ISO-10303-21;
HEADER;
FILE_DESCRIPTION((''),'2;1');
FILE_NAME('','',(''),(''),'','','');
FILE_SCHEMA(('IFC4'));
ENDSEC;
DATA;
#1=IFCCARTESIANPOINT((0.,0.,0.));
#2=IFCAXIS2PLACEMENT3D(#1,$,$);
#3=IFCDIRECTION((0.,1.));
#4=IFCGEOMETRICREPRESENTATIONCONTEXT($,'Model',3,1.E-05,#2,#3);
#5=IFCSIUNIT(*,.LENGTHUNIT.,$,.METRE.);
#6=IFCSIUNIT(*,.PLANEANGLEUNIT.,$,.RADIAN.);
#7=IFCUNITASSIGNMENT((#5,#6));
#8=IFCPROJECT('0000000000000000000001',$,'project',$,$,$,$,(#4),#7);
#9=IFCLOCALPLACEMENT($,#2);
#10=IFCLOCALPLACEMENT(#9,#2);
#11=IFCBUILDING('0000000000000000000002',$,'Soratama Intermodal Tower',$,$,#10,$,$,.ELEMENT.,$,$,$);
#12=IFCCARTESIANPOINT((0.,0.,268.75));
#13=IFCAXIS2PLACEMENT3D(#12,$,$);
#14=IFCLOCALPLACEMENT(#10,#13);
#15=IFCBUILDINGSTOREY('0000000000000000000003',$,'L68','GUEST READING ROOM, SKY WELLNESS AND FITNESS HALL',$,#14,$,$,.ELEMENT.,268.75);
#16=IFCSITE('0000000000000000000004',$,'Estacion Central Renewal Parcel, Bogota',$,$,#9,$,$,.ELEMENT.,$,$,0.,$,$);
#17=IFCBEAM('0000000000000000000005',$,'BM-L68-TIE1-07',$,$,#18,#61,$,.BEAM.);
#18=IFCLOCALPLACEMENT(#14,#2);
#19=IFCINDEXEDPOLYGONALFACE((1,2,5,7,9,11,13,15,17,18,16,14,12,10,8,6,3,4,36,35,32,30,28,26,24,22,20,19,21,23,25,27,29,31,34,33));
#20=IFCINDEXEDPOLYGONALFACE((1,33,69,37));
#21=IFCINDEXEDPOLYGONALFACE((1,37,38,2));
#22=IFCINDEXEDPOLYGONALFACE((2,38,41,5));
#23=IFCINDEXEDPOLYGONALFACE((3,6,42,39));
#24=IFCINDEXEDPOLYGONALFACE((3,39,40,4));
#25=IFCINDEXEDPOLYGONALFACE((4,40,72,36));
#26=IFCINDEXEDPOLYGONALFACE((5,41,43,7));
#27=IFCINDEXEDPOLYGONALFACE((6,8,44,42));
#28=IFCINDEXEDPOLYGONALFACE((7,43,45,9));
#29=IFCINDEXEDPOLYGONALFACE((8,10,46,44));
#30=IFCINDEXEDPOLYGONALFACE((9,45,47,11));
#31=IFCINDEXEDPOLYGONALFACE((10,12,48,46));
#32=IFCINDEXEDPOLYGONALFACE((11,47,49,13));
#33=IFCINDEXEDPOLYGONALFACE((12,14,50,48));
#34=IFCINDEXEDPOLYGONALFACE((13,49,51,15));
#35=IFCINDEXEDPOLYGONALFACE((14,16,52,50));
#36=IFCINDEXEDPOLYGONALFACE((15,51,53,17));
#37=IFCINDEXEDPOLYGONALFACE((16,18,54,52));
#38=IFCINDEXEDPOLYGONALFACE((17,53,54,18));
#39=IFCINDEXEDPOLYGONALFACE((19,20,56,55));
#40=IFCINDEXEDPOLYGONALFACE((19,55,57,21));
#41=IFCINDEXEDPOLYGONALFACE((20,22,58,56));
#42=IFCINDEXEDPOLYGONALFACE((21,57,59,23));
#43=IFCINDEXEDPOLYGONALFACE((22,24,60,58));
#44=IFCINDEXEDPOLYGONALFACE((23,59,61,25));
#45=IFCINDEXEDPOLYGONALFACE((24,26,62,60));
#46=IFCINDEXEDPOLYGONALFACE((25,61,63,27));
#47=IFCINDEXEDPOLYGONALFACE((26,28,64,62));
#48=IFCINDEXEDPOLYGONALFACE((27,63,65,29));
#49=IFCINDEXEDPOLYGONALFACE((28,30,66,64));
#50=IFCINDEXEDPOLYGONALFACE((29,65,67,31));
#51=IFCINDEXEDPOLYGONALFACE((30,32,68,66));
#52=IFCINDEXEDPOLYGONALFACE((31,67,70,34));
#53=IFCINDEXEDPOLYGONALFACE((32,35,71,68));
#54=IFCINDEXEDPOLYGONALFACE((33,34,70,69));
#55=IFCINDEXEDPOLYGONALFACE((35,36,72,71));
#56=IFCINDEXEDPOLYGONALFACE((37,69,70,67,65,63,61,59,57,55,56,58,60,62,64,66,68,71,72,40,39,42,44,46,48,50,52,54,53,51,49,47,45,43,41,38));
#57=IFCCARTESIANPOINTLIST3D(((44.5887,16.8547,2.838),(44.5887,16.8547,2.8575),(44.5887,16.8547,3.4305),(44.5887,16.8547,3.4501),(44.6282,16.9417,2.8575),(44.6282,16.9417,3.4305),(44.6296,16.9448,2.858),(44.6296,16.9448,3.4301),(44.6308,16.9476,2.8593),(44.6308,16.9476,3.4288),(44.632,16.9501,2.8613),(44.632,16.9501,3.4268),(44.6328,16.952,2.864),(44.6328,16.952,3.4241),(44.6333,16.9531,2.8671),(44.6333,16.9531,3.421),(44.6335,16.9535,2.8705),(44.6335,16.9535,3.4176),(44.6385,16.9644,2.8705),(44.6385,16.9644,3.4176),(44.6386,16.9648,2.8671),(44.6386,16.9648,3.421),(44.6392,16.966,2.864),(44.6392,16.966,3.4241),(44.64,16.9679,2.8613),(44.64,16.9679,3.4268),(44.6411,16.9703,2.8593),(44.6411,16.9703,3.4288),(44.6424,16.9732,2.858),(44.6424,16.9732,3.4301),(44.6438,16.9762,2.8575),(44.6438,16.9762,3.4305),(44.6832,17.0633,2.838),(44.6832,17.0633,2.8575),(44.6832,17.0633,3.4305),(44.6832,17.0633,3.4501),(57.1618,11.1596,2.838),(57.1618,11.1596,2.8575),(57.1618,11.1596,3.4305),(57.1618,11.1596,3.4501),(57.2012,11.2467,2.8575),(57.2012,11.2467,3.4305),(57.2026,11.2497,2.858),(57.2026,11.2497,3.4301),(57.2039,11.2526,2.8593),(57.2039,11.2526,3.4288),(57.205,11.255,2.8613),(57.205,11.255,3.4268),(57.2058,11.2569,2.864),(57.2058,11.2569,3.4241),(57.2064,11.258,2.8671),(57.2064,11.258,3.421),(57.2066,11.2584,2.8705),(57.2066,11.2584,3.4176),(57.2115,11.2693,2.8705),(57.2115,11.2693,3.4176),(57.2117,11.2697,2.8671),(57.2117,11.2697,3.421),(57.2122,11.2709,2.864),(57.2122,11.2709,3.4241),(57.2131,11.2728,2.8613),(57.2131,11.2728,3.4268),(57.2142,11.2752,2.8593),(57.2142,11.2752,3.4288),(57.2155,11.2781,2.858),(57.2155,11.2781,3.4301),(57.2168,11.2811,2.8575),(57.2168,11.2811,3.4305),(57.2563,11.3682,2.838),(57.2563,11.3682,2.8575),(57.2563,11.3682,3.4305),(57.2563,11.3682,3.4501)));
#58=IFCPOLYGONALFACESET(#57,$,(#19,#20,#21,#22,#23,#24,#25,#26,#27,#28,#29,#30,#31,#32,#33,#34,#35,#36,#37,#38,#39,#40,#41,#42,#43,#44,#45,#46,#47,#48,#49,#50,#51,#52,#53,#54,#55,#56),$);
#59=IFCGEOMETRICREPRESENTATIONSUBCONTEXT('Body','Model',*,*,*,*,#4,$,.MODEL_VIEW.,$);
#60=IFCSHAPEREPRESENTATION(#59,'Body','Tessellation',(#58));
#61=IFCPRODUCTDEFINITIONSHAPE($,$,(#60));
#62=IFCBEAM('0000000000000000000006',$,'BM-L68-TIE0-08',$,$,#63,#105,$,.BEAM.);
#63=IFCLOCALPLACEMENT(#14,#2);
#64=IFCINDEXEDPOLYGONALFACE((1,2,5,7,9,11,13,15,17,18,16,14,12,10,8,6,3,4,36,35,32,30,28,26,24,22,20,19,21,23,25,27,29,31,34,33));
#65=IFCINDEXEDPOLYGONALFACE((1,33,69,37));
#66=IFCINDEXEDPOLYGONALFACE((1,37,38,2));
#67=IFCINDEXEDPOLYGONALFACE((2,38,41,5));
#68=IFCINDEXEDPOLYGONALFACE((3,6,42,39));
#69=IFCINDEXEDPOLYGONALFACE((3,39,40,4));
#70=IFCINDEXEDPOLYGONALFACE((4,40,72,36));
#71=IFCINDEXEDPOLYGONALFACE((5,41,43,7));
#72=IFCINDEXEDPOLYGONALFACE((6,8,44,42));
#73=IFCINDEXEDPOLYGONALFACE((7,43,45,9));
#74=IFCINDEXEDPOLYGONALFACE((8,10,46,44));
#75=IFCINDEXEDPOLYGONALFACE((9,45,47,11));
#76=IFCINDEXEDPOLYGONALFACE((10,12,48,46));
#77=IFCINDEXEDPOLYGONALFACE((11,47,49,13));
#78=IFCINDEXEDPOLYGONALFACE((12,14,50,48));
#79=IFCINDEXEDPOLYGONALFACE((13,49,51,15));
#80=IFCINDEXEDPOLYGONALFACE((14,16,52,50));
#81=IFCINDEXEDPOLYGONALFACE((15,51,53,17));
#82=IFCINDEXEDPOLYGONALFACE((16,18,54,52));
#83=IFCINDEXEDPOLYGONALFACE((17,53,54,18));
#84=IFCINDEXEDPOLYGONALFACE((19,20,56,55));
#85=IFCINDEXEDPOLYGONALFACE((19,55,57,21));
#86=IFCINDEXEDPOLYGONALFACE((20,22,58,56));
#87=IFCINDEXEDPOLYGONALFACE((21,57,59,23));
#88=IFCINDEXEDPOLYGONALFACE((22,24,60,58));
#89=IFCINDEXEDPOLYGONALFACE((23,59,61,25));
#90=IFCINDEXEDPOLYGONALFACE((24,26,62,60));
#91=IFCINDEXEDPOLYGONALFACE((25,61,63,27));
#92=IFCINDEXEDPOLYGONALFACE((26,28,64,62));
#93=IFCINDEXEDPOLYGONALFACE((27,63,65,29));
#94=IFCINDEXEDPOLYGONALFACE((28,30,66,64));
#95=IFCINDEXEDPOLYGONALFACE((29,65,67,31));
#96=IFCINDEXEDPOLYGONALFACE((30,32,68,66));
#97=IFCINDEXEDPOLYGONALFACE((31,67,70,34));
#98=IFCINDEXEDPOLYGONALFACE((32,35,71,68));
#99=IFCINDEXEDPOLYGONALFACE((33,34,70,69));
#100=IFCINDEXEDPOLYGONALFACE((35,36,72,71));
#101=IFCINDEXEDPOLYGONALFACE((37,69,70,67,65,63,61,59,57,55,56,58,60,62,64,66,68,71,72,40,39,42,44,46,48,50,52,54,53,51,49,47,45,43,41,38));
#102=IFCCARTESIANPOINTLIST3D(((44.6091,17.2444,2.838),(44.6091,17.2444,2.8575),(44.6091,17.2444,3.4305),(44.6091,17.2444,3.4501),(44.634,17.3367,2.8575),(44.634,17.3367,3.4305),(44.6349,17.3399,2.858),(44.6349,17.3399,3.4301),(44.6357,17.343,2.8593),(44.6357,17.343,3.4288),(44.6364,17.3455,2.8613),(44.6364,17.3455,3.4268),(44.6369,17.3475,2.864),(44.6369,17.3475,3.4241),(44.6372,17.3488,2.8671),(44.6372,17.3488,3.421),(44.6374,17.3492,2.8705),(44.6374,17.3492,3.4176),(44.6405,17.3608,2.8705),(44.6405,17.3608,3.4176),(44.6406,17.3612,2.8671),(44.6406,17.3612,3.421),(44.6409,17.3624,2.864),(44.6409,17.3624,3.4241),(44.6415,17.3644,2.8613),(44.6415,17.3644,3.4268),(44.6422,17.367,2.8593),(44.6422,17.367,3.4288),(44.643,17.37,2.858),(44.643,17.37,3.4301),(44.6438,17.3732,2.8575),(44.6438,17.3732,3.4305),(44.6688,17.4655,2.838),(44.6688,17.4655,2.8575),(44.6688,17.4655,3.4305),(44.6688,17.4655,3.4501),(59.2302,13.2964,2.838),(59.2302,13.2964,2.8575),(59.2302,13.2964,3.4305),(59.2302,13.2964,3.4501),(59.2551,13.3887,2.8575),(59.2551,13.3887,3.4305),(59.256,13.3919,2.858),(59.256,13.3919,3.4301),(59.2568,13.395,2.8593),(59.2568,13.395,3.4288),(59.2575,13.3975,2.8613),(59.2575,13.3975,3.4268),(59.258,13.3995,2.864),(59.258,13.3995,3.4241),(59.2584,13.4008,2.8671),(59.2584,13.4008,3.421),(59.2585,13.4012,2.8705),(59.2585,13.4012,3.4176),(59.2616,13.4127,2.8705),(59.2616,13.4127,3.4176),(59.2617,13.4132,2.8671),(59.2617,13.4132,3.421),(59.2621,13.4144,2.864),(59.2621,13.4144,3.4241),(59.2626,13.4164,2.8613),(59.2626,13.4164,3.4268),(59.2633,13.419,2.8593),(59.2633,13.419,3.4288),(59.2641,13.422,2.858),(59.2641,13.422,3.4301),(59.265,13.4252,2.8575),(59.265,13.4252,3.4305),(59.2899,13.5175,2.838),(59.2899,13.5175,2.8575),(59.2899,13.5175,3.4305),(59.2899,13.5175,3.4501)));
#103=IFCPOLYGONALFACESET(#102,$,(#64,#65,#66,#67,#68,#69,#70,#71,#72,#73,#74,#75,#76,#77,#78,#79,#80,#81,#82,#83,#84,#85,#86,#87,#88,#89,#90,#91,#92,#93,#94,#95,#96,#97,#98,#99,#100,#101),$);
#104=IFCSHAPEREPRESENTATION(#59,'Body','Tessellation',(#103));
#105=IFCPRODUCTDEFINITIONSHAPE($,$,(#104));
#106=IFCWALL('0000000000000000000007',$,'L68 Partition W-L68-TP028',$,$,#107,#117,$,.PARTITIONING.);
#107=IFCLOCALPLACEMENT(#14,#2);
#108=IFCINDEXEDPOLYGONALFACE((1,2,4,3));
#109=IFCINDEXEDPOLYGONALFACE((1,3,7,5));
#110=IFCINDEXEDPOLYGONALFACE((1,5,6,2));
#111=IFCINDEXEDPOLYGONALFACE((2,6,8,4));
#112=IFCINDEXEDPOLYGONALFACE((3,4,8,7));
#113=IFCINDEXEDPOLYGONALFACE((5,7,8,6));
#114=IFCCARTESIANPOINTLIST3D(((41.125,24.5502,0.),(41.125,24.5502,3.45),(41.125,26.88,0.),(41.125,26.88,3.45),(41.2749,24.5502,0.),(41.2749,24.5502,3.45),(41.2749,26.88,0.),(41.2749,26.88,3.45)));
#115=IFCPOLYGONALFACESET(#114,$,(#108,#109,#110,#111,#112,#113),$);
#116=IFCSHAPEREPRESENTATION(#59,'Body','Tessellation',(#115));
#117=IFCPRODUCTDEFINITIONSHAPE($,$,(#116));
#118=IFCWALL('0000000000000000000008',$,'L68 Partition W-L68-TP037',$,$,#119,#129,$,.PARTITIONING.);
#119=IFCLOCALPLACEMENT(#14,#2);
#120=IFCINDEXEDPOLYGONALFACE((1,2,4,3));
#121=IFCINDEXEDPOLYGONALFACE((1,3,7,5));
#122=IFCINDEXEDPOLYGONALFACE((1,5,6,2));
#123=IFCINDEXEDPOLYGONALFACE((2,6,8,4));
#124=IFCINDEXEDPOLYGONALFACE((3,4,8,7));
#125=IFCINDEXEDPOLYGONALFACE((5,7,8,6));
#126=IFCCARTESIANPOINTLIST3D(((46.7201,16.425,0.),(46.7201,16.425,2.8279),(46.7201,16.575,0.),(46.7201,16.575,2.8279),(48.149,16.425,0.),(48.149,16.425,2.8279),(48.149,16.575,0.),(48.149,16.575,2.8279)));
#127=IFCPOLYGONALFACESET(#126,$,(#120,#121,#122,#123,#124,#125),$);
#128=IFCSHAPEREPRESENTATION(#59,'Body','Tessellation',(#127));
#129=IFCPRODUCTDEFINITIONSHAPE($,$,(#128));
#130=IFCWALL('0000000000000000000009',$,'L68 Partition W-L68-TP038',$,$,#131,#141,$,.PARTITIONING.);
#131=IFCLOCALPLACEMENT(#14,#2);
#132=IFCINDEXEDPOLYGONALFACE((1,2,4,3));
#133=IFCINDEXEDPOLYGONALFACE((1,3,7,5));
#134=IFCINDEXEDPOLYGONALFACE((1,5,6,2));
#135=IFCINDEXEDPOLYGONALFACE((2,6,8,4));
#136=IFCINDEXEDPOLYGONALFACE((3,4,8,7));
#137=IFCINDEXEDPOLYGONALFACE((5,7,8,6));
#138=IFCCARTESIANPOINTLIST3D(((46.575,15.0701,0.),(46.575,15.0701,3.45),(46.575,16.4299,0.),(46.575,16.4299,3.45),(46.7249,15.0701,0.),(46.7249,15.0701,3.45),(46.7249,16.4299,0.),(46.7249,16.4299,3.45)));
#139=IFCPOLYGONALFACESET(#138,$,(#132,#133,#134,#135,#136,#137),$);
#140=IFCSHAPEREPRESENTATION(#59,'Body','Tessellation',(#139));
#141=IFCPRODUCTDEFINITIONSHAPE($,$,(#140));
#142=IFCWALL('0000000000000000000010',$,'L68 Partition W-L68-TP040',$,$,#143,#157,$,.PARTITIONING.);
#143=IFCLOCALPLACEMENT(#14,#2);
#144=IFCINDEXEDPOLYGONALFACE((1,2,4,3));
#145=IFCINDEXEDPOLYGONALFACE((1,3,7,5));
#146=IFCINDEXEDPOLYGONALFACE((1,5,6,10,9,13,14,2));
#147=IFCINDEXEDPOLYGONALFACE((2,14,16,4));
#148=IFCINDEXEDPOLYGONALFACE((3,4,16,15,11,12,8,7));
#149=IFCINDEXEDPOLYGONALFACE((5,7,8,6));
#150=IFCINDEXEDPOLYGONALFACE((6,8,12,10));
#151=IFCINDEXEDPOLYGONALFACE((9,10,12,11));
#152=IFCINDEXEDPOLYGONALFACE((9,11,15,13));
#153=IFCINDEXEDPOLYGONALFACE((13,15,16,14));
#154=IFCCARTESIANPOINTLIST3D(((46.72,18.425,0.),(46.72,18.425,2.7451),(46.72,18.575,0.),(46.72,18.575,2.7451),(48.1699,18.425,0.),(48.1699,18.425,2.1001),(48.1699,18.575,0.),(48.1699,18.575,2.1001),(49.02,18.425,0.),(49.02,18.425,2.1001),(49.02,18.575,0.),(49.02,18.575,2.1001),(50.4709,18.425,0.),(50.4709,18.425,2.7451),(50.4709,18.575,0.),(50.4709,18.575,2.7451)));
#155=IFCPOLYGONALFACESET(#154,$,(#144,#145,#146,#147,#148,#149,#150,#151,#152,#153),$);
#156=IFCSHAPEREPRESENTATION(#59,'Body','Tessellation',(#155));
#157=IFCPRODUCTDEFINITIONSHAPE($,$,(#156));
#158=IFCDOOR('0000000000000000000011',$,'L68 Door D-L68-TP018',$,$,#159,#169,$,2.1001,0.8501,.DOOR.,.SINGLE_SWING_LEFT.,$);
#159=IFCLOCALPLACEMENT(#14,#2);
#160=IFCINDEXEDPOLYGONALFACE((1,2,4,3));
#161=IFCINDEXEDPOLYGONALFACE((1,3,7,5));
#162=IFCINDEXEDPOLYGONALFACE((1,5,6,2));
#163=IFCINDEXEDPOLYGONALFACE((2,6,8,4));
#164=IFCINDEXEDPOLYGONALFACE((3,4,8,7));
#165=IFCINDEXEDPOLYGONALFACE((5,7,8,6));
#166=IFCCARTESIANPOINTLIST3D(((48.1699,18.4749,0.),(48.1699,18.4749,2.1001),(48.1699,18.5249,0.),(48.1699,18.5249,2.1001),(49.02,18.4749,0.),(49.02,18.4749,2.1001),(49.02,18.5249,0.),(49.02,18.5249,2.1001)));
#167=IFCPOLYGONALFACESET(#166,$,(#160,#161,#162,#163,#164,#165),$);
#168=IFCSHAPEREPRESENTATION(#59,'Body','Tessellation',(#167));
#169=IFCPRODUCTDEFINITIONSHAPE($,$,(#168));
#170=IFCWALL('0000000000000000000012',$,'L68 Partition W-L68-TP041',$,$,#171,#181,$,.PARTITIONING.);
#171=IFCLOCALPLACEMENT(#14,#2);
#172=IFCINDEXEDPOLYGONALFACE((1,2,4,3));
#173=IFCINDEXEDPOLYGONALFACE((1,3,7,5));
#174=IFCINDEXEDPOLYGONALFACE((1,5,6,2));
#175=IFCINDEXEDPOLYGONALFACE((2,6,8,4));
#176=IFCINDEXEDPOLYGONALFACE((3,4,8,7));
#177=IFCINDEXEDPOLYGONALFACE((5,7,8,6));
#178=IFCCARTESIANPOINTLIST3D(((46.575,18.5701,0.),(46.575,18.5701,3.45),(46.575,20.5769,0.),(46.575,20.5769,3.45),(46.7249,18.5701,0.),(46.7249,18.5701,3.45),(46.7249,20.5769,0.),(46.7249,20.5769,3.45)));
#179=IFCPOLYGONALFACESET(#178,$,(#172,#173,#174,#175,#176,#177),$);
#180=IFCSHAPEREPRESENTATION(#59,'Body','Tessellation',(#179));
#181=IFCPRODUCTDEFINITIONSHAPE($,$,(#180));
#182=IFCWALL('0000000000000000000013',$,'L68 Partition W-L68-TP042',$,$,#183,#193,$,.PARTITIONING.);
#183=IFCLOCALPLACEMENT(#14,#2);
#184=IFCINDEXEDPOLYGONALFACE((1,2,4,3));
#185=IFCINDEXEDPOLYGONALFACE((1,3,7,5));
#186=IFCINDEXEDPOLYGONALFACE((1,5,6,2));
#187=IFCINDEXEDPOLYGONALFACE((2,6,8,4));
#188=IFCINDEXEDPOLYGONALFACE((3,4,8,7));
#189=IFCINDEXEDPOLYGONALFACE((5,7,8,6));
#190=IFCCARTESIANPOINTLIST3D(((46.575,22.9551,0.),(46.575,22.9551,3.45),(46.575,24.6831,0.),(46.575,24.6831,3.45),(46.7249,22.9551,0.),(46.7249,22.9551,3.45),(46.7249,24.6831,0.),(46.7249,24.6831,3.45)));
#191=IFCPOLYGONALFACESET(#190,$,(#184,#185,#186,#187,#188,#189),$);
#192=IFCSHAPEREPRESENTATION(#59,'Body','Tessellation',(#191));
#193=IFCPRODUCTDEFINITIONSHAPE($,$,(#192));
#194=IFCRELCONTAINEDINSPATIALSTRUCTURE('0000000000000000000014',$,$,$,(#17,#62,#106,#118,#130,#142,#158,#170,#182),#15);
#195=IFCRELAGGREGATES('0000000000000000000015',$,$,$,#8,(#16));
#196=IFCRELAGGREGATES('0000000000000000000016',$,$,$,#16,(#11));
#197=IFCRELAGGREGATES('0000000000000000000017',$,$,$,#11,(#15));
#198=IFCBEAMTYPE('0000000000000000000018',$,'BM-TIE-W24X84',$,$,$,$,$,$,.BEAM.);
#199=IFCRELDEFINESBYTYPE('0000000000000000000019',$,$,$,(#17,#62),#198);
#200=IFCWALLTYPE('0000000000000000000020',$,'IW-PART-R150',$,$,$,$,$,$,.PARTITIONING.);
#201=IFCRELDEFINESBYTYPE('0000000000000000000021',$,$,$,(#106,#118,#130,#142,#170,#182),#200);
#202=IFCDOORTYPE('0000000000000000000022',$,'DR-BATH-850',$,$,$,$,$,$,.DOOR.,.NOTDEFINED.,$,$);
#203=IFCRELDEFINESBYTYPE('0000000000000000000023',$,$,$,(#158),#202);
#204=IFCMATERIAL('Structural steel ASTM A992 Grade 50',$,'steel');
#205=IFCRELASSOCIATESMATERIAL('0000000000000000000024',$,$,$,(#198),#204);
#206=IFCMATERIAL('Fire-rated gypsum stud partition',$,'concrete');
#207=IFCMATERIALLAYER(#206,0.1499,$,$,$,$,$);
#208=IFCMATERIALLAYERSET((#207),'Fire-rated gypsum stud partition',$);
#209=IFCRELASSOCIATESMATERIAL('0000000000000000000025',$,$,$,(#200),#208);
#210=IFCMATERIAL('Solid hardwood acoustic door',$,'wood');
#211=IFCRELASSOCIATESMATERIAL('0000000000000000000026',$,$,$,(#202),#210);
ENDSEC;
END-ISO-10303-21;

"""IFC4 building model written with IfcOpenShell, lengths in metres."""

from ifc_helpers import new_model, si_unit, direction, frame, frame_2d, origin, origin_2d, place, context, subcontext, project, spatial, rectangle, i_section, extrude, material, layer, layer_set, material_profile, profile_set, type_object, element, fill, save


model = new_model("IFC4")

# Units and contexts
model_context = context("Model", 3, precision=1e-05, world=origin(), true_north=direction((0.0, 1.0)))
body_context = subcontext(model_context, "Body", "Model", "MODEL_VIEW")
ifc_project = project(units=[si_unit("LENGTHUNIT", "METRE"), si_unit("PLANEANGLEUNIT", "RADIAN")], contexts=[model_context])

# Site, building, storey
site_placement = place(None, origin())
site = spatial("IfcSite", under=ifc_project, at=site_placement, Name="Estacion Central Renewal Parcel, Bogota", CompositionType="ELEMENT", RefElevation=0.0)
building_placement = place(site_placement, origin())
building = spatial("IfcBuilding", under=site, at=building_placement, Name="Soratama Intermodal Tower", CompositionType="ELEMENT")
storey_placement = place(building_placement, frame((0.0, 0.0, 268.75)))
storey = spatial("IfcBuildingStorey", under=building, at=storey_placement, Name="L68", Description="GUEST READING ROOM, SKY WELLNESS AND FITNESS HALL", CompositionType="ELEMENT", Elevation=268.75)

# Beams
ifc_material_1 = material(Name="Structural steel ASTM A992 Grade 50", Category="steel")
ifc_material_profile_1 = material_profile(ifc_material_1, i_section(OverallWidth=0.229, OverallDepth=0.6121, WebThickness=0.012, FlangeThickness=0.0195, FilletRadius=0.0129, at=origin_2d()), Name="W24X84")
ifc_profile_set_1 = profile_set([ifc_material_profile_1], Name="Structural steel ASTM A992 Grade 50")
beam_type_1 = type_object("IfcBeamType", Name="BM-TIE-W24X84", PredefinedType="BEAM", material=ifc_profile_set_1)
beam_1_placement = place(storey_placement, frame((44.636, 16.959, 3.144), z_axis=(0.91091, -0.412606, 0.0), x_axis=(0.412606, 0.91091, 0.0)))
element("IfcBeam", 1, at=beam_1_placement, inside=storey, type_object=beam_type_1, Name="BM-L68-TIE1-07", PredefinedType="BEAM", context=body_context, shape_type="SweptSolid", body=[
    extrude(i_section(OverallWidth=0.229, OverallDepth=0.6121, WebThickness=0.012, FlangeThickness=0.0195, FilletRadius=0.0129, at=origin_2d()), origin(), (0.0, 0.0, 1.0), 13.8027),
])
beam_2_placement = place(storey_placement, frame((44.6389, 17.355, 3.144), z_axis=(0.965424, -0.260684, 0.0), x_axis=(0.260684, 0.965424, 0.0)))
element("IfcBeam", 2, at=beam_2_placement, inside=storey, type_object=beam_type_1, Name="BM-L68-TIE0-08", PredefinedType="BEAM", context=body_context, shape_type="SweptSolid", body=[
    extrude(i_section(OverallWidth=0.229, OverallDepth=0.6121, WebThickness=0.012, FlangeThickness=0.0195, FilletRadius=0.0129, at=origin_2d()), origin(), (0.0, 0.0, 1.0), 15.1448),
])

# Wall
ifc_material_2 = material(Name="Fire-rated gypsum stud partition", Category="concrete")
ifc_layer_1 = layer(ifc_material_2, 0.1499)
ifc_layer_set_1 = layer_set([ifc_layer_1], Name="Fire-rated gypsum stud partition")
wall_type_1 = type_object("IfcWallType", Name="IW-PART-R150", PredefinedType="PARTITIONING", material=ifc_layer_set_1)
wall_1_placement = place(storey_placement, frame((41.2, 24.55, 0.0), z_axis=(0.0, 0.0, 1.0), x_axis=(0.0, 1.0, 0.0)))
element("IfcWall", 3, at=wall_1_placement, inside=storey, type_object=wall_type_1, Name="L68 Partition W-L68-TP028", PredefinedType="PARTITIONING", context=body_context, shape_type="SweptSolid", body=[
    extrude(rectangle(XDim=2.3298, YDim=0.1499, at=frame_2d((1.165, 0.0))), origin(), (0.0, 0.0, 1.0), 3.45),
])

# Walls
wall_2_placement = place(storey_placement, frame((48.1489, 16.5, 0.0), z_axis=(0.0, 0.0, 1.0), x_axis=(-1.0, 0.0, 0.0)))
element("IfcWall", 4, at=wall_2_placement, inside=storey, type_object=wall_type_1, Name="L68 Partition W-L68-TP037", PredefinedType="PARTITIONING", context=body_context, shape_type="SweptSolid", body=[
    extrude(rectangle(XDim=1.429, YDim=0.1499, at=frame_2d((0.7144, 0.0))), origin(), (0.0, 0.0, 1.0), 2.8279),
])
wall_3_placement = place(storey_placement, frame((46.6499, 16.4299, 0.0), z_axis=(0.0, 0.0, 1.0), x_axis=(0.0, -1.0, 0.0)))
element("IfcWall", 5, at=wall_3_placement, inside=storey, type_object=wall_type_1, Name="L68 Partition W-L68-TP038", PredefinedType="PARTITIONING", context=body_context, shape_type="SweptSolid", body=[
    extrude(rectangle(XDim=1.3599, YDim=0.1499, at=frame_2d((0.6799, 0.0))), origin(), (0.0, 0.0, 1.0), 3.45),
])

# Wall, opening, door
wall_4_placement = place(storey_placement, frame((46.72, 18.5, 0.0), z_axis=(0.0, 0.0, 1.0), x_axis=(1.0, 0.0, 0.0)))
wall_4 = element("IfcWall", 6, at=wall_4_placement, inside=storey, type_object=wall_type_1, Name="L68 Partition W-L68-TP040", PredefinedType="PARTITIONING", context=body_context, shape_type="SweptSolid", body=[
    extrude(rectangle(XDim=3.751, YDim=0.1499, at=frame_2d((1.8755, 0.0))), origin(), (0.0, 0.0, 1.0), 2.7451),
])
opening_1_placement = place(wall_4_placement, frame((1.45, 0.0, 0.0)))
opening_1 = element("IfcOpeningElement", 7, at=opening_1_placement, cuts=wall_4, PredefinedType="OPENING", context=body_context, shape_type="SweptSolid", body=[
    extrude(rectangle(XDim=0.8501, YDim=2.1001, at=frame_2d((0.425, 1.05))), frame((0.0, 0.085, 0.0), z_axis=(0.0, -1.0, 0.0), x_axis=(1.0, 0.0, 0.0)), (0.0, 0.0, 1.0), 0.1699),
])
ifc_material_3 = material(Name="Solid hardwood acoustic door", Category="wood")
door_type_1 = type_object("IfcDoorType", Name="DR-BATH-850", OperationType="NOTDEFINED", PredefinedType="DOOR", material=ifc_material_3)
door_1_placement = place(opening_1_placement, origin())
door_1 = element("IfcDoor", 8, at=door_1_placement, inside=storey, type_object=door_type_1, Name="L68 Door D-L68-TP018", OperationType="SINGLE_SWING_LEFT", OverallHeight=2.1001, OverallWidth=0.8501, PredefinedType="DOOR", context=body_context, shape_type="SweptSolid", body=[
    extrude(rectangle(XDim=0.8501, YDim=2.1001, at=frame_2d((0.425, 1.05))), frame((0.0, 0.0249, 0.0), z_axis=(0.0, -1.0, 0.0), x_axis=(1.0, 0.0, 0.0)), (0.0, 0.0, 1.0), 0.05),
])
fill(opening_1, door_1)

# Walls
wall_5_placement = place(storey_placement, frame((46.6499, 20.5769, 0.0), z_axis=(0.0, 0.0, 1.0), x_axis=(0.0, -1.0, 0.0)))
element("IfcWall", 9, at=wall_5_placement, inside=storey, type_object=wall_type_1, Name="L68 Partition W-L68-TP041", PredefinedType="PARTITIONING", context=body_context, shape_type="SweptSolid", body=[
    extrude(rectangle(XDim=2.0068, YDim=0.1499, at=frame_2d((1.0034, 0.0))), origin(), (0.0, 0.0, 1.0), 3.45),
])
wall_6_placement = place(storey_placement, frame((46.6499, 24.6831, 0.0), z_axis=(0.0, 0.0, 1.0), x_axis=(0.0, -1.0, 0.0)))
element("IfcWall", 10, at=wall_6_placement, inside=storey, type_object=wall_type_1, Name="L68 Partition W-L68-TP042", PredefinedType="PARTITIONING", context=body_context, shape_type="SweptSolid", body=[
    extrude(rectangle(XDim=1.728, YDim=0.1499, at=frame_2d((0.864, 0.0))), origin(), (0.0, 0.0, 1.0), 3.45),
])

save(model, "model.ifc")
